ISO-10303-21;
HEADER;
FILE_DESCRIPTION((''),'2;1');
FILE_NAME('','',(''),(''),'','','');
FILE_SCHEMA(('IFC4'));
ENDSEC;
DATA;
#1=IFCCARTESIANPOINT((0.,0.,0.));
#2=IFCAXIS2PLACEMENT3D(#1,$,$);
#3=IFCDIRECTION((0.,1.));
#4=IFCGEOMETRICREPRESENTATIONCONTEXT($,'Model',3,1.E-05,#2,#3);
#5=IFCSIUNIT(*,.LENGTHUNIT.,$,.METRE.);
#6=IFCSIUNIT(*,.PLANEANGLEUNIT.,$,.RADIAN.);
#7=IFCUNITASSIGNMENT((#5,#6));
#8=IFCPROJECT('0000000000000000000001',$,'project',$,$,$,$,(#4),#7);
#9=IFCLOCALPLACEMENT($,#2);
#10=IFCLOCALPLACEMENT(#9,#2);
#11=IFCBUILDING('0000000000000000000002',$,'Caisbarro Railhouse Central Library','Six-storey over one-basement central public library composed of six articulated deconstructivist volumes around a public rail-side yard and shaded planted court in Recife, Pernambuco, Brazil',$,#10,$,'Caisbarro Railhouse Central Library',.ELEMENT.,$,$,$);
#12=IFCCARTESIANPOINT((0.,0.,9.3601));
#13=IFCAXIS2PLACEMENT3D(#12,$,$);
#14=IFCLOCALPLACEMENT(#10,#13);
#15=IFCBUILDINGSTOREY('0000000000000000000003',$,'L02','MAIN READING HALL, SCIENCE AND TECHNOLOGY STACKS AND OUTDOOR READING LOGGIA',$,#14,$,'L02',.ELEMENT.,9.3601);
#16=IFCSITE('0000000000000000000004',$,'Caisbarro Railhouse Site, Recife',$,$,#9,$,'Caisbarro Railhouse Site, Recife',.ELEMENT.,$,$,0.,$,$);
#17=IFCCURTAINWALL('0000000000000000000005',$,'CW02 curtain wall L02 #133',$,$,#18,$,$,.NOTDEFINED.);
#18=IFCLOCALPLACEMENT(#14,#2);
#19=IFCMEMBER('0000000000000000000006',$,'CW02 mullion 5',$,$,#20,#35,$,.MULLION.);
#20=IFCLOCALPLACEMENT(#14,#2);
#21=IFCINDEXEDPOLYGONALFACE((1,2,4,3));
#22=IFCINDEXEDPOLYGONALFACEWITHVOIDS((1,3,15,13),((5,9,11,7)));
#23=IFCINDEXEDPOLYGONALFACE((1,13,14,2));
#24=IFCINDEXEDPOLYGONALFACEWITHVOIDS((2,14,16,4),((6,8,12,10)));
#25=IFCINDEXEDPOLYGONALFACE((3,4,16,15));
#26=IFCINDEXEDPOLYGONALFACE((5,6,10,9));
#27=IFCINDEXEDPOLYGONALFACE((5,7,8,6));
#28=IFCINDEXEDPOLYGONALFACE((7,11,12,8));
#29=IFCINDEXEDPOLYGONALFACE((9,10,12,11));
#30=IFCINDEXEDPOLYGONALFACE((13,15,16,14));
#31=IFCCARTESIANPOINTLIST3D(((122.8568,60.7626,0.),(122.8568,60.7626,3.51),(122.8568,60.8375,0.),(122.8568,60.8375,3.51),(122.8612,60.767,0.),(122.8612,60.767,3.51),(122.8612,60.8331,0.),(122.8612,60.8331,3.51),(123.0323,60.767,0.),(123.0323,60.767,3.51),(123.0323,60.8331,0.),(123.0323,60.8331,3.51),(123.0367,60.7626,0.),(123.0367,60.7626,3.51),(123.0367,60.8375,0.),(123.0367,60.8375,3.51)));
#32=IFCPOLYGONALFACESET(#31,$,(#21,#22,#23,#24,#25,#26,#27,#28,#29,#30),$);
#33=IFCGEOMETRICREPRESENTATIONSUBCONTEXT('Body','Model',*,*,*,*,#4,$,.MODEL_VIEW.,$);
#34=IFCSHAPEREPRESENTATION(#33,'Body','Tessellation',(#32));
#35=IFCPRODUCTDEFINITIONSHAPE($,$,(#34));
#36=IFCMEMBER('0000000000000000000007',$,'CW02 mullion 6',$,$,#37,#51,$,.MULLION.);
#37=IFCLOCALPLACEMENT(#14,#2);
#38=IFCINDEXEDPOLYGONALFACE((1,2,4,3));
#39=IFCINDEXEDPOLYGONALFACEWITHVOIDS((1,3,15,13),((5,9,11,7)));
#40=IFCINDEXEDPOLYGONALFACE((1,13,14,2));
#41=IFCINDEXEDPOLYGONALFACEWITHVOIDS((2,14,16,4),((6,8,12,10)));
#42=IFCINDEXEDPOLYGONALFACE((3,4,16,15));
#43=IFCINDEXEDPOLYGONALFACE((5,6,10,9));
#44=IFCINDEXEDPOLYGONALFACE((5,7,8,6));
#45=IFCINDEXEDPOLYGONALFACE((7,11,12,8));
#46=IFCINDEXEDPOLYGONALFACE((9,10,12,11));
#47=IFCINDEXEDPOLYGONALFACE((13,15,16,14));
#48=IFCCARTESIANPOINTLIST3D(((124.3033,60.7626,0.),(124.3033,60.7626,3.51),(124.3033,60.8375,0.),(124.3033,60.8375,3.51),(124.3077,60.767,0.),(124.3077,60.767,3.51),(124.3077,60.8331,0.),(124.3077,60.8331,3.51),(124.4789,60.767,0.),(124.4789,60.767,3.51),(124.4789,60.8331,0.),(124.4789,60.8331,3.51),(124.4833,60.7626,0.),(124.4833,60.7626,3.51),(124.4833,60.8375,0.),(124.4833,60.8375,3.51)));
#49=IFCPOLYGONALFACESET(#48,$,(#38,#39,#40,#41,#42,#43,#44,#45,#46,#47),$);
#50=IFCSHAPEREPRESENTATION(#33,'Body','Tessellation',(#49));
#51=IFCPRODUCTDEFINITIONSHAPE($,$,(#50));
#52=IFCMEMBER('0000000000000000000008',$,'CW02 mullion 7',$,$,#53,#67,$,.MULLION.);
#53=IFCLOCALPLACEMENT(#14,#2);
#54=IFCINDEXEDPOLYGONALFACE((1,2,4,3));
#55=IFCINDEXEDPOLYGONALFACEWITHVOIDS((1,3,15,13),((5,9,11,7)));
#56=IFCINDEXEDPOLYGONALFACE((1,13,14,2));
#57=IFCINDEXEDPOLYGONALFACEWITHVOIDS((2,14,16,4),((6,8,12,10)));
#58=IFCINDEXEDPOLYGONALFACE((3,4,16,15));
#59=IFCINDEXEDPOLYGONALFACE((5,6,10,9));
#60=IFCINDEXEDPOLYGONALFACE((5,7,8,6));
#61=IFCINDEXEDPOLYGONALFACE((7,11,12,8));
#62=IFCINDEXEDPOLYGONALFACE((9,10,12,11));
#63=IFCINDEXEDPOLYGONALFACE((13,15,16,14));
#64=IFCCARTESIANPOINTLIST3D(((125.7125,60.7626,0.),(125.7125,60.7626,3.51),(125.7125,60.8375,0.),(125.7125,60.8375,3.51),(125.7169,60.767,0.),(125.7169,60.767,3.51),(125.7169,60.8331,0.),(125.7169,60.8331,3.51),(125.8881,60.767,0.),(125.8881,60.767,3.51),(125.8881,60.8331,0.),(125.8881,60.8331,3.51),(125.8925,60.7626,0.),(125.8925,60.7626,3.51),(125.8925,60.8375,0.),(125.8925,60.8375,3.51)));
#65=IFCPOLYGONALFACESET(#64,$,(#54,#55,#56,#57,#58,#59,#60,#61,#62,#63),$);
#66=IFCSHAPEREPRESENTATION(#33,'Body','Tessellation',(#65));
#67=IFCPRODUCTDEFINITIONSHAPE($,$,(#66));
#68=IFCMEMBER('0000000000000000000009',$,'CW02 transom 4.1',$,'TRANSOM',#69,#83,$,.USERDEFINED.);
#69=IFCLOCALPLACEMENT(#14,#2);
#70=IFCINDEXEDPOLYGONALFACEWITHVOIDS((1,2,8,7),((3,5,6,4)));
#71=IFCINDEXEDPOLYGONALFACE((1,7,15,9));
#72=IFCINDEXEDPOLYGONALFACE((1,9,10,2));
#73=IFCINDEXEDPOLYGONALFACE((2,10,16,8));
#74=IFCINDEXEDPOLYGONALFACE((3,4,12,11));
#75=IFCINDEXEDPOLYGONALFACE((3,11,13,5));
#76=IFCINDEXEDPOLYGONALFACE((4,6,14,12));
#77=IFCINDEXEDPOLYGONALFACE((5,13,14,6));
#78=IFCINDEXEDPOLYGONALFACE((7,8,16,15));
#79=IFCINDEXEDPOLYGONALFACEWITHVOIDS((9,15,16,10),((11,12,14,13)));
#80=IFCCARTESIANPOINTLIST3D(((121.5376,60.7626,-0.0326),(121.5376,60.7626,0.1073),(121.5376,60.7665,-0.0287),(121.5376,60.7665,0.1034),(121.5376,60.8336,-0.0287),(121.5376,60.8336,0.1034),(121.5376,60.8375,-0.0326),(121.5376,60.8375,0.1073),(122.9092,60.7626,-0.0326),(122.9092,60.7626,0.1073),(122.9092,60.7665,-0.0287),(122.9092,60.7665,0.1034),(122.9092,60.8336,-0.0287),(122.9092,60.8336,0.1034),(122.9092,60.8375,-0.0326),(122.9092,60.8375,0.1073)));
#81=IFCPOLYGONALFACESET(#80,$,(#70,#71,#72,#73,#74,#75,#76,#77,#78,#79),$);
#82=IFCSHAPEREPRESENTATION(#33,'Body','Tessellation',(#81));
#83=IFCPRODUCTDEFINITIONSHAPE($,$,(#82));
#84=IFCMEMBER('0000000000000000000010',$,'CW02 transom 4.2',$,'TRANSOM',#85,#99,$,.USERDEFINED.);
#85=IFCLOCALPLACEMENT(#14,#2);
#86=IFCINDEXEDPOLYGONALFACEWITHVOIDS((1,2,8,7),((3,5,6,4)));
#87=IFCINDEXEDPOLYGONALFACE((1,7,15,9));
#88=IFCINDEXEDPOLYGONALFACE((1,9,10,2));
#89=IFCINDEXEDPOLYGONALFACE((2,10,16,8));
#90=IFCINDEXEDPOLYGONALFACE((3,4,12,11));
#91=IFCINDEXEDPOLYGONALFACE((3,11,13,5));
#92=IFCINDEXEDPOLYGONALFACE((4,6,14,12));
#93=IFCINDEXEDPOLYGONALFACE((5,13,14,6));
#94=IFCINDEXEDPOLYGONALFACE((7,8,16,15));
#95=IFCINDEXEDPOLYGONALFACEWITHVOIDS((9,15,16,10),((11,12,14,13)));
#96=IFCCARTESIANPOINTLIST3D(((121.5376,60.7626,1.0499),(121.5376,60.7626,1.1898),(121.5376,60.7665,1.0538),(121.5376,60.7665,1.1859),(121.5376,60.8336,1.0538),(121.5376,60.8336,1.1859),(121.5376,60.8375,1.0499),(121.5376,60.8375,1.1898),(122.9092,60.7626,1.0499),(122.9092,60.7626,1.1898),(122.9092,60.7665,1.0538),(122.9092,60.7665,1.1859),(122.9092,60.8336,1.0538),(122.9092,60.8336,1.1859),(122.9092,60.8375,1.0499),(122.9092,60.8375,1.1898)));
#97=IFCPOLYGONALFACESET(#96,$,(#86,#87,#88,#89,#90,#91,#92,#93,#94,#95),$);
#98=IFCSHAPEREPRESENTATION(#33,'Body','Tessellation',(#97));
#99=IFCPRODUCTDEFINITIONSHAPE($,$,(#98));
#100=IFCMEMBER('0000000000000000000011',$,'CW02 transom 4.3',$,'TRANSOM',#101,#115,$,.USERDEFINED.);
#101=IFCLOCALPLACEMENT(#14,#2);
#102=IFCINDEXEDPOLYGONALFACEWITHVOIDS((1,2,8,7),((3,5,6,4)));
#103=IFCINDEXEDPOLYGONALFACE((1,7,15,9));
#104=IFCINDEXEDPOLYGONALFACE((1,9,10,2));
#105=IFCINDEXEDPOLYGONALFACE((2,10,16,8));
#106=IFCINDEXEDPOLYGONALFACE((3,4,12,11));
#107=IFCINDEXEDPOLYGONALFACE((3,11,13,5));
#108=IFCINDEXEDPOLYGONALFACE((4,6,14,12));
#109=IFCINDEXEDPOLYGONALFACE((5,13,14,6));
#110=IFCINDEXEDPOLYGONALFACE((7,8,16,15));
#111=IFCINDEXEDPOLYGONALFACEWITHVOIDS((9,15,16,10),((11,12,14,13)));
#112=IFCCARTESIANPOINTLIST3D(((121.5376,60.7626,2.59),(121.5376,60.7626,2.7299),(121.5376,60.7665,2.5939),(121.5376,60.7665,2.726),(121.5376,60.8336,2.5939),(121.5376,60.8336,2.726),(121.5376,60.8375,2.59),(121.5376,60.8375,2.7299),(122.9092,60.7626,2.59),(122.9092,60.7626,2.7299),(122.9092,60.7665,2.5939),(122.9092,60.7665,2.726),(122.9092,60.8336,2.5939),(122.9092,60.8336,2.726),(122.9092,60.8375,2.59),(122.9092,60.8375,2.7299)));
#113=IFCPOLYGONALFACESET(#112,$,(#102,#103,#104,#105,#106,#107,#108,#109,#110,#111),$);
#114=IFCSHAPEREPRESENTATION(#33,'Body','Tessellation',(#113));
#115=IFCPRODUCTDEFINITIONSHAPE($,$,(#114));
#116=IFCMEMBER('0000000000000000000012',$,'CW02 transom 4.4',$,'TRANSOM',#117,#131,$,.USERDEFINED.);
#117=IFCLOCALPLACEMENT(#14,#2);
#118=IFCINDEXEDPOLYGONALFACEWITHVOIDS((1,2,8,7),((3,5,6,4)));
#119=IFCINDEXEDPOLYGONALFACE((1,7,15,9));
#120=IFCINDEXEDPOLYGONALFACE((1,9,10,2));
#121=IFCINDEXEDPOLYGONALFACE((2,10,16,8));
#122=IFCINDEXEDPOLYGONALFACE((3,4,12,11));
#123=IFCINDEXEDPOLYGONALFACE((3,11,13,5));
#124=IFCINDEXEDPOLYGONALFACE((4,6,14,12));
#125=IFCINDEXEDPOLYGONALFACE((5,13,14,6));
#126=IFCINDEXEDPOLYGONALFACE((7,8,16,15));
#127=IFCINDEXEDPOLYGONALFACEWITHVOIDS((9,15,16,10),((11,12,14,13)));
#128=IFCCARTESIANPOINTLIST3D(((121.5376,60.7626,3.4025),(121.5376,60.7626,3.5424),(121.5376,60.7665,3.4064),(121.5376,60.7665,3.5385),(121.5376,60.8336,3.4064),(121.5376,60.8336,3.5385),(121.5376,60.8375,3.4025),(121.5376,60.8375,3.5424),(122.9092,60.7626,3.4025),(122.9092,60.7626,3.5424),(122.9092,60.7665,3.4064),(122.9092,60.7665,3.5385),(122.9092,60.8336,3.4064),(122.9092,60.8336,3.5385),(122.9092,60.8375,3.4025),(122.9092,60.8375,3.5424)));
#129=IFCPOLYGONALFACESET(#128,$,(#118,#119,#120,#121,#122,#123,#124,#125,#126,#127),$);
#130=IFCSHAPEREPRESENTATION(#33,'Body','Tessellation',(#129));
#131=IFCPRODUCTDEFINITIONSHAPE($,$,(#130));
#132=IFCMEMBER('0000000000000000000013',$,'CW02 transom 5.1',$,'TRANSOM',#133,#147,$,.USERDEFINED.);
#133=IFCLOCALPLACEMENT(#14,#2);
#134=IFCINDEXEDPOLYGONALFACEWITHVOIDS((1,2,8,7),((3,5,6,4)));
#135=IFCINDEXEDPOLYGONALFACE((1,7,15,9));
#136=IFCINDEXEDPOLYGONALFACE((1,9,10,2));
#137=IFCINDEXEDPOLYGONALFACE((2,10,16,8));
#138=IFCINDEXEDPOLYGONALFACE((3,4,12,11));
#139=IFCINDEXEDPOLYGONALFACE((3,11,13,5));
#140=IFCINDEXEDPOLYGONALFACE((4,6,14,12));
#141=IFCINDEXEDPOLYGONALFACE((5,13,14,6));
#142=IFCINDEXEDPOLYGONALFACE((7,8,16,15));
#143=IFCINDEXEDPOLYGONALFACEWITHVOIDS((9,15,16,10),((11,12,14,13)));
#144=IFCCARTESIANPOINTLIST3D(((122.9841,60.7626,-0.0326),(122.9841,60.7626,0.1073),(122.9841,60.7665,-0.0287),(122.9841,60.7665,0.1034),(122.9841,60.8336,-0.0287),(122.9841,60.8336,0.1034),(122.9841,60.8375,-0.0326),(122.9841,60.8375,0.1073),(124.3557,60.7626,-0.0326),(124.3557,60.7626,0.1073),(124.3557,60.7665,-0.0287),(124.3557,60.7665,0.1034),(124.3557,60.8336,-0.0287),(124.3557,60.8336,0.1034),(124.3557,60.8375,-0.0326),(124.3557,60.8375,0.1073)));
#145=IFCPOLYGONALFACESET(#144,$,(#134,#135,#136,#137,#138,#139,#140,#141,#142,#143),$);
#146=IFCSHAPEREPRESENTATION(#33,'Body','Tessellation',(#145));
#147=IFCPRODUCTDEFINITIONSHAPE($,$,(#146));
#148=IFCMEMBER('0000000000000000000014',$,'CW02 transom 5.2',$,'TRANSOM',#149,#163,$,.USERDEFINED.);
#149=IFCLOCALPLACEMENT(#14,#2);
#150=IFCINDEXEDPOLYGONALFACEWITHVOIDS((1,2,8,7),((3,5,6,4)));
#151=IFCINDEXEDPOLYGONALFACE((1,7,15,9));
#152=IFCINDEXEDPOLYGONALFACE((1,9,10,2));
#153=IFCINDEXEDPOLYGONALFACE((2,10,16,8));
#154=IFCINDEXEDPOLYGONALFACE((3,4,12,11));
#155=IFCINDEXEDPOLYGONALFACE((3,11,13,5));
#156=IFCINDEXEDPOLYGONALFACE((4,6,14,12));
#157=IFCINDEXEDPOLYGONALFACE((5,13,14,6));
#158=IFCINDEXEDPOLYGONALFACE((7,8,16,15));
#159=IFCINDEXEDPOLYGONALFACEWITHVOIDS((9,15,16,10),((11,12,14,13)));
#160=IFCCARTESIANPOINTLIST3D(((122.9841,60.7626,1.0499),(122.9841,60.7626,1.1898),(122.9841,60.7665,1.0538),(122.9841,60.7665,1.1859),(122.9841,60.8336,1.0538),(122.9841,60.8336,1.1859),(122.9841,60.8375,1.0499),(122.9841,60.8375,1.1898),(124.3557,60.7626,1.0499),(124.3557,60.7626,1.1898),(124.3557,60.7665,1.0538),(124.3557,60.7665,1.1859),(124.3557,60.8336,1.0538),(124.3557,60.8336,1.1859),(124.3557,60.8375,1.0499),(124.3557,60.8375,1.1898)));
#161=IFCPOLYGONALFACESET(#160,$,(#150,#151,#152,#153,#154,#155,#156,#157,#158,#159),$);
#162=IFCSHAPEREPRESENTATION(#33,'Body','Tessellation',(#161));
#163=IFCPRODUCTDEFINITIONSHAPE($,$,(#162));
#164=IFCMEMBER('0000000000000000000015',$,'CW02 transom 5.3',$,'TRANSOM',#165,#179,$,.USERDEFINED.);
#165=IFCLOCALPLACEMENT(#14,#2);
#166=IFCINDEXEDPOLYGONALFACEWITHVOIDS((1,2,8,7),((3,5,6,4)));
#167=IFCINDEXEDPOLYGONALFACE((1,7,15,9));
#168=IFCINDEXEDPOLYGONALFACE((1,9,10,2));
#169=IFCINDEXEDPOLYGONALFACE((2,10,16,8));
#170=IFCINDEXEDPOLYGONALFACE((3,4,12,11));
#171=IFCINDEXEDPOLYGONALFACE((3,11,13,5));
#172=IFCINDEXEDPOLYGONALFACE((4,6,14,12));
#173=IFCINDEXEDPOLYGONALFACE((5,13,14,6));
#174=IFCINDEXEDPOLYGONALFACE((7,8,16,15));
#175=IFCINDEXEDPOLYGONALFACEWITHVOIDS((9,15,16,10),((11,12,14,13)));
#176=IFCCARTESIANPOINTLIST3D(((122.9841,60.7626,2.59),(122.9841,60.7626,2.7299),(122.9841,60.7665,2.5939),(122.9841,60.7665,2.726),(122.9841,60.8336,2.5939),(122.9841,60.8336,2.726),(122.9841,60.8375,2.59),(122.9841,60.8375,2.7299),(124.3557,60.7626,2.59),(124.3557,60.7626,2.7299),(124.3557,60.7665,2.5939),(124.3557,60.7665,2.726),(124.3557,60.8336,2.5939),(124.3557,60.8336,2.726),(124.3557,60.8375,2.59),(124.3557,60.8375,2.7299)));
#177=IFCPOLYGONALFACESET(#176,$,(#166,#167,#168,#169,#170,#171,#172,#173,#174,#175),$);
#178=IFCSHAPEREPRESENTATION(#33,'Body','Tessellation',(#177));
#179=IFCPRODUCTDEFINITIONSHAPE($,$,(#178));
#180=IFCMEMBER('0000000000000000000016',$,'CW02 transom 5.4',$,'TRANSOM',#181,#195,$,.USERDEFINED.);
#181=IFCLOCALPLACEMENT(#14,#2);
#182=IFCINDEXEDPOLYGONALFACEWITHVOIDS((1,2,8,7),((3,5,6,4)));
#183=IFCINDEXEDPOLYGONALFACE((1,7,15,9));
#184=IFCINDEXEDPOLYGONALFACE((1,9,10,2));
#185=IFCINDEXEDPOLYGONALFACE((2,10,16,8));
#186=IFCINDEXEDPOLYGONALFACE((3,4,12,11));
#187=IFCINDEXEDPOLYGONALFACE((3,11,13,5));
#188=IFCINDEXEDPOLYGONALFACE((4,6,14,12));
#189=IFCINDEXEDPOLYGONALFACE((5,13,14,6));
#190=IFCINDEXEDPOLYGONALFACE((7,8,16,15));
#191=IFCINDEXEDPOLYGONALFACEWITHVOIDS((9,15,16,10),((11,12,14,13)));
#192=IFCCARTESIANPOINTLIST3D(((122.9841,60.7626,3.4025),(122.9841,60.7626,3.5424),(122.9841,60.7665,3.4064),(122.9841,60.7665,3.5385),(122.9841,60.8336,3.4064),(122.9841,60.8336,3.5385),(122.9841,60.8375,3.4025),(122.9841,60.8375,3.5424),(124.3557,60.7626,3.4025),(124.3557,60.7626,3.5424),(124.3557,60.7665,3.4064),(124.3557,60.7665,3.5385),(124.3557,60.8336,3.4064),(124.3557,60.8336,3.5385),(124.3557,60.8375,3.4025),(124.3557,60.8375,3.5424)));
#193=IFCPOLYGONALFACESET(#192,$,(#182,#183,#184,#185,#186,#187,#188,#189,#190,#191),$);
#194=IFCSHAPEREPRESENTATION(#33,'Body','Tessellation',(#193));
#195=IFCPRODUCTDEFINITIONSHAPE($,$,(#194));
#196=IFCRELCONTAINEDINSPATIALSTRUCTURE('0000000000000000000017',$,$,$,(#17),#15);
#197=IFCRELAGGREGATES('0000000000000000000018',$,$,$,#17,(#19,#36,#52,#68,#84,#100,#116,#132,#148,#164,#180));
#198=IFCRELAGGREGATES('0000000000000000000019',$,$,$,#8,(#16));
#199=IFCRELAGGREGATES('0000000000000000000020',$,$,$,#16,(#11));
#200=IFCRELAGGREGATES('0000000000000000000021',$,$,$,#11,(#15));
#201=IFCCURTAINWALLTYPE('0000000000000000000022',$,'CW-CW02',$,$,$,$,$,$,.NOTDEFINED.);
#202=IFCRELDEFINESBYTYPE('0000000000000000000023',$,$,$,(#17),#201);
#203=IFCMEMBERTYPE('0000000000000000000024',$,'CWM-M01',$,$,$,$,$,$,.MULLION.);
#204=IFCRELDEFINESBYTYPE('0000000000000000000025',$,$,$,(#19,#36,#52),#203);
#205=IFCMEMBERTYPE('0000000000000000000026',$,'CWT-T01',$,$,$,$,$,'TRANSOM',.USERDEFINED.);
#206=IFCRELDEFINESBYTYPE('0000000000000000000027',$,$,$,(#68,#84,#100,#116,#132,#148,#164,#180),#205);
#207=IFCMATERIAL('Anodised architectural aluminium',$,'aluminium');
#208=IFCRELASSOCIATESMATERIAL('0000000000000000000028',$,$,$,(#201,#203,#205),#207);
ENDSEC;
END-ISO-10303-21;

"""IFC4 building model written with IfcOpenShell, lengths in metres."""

from ifc_helpers import new_model, si_unit, direction, frame, origin, origin_2d, place, context, subcontext, project, spatial, hollow_rectangle, extrude, material, material_profile, profile_set, type_object, element, aggregate, save


model = new_model("IFC4")

# Units and contexts
model_context = context("Model", 3, precision=1e-05, world=origin(), true_north=direction((0.0, 1.0)))
body_context = subcontext(model_context, "Body", "Model", "MODEL_VIEW")
ifc_project = project(units=[si_unit("LENGTHUNIT", "METRE"), si_unit("PLANEANGLEUNIT", "RADIAN")], contexts=[model_context])

# Site, building, storey
site_placement = place(None, origin())
site = spatial("IfcSite", under=ifc_project, at=site_placement, Name="Caisbarro Railhouse Site, Recife", LongName="Caisbarro Railhouse Site, Recife", CompositionType="ELEMENT", RefElevation=0.0)
building_placement = place(site_placement, origin())
building = spatial("IfcBuilding", under=site, at=building_placement, Name="Caisbarro Railhouse Central Library", Description="Six-storey over one-basement central public library composed of six articulated deconstructivist volumes around a public rail-side yard and shaded planted court in Recife, Pernambuco, Brazil", LongName="Caisbarro Railhouse Central Library", CompositionType="ELEMENT")
storey_placement = place(building_placement, frame((0.0, 0.0, 9.3601)))
storey = spatial("IfcBuildingStorey", under=building, at=storey_placement, Name="L02", Description="MAIN READING HALL, SCIENCE AND TECHNOLOGY STACKS AND OUTDOOR READING LOGGIA", LongName="L02", CompositionType="ELEMENT", Elevation=9.3601)

# Curtain wall, members
ifc_material_1 = material(Name="Anodised architectural aluminium", Category="aluminium")
curtain_wall_type = type_object("IfcCurtainWallType", Name="CW-CW02", PredefinedType="NOTDEFINED", material=ifc_material_1)
curtain_wall_placement = place(storey_placement, origin())
curtain_wall = element("IfcCurtainWall", 1, at=curtain_wall_placement, inside=storey, type_object=curtain_wall_type, Name="CW02 curtain wall L02 #133", PredefinedType="NOTDEFINED")
ifc_material_profile_1 = material_profile(ifc_material_1, hollow_rectangle(XDim=0.075, YDim=0.1799, WallThickness=0.0044, at=origin_2d()), Name="ALU-MUL-75X180")
ifc_profile_set_1 = profile_set([ifc_material_profile_1], Name="Anodised architectural aluminium")
member_type_1 = type_object("IfcMemberType", Name="CWM-M01", PredefinedType="MULLION", material=ifc_profile_set_1)
member_1_placement = place(storey_placement, frame((122.9468, 60.8, 0.0), z_axis=(0.0, 0.0, 1.0), x_axis=(0.0, 1.0, 0.0)))
member_1 = element("IfcMember", 2, at=member_1_placement, type_object=member_type_1, Name="CW02 mullion 5", PredefinedType="MULLION", context=body_context, shape_type="SweptSolid", body=[
    extrude(hollow_rectangle(XDim=0.075, YDim=0.1799, WallThickness=0.0044, at=origin_2d()), origin(), (0.0, 0.0, 1.0), 3.51),
])
member_2_placement = place(storey_placement, frame((124.3933, 60.8, 0.0), z_axis=(0.0, 0.0, 1.0), x_axis=(0.0, 1.0, 0.0)))
member_2 = element("IfcMember", 3, at=member_2_placement, type_object=member_type_1, Name="CW02 mullion 6", PredefinedType="MULLION", context=body_context, shape_type="SweptSolid", body=[
    extrude(hollow_rectangle(XDim=0.075, YDim=0.1799, WallThickness=0.0044, at=origin_2d()), origin(), (0.0, 0.0, 1.0), 3.51),
])
member_3_placement = place(storey_placement, frame((125.8025, 60.8, 0.0), z_axis=(0.0, 0.0, 1.0), x_axis=(0.0, 1.0, 0.0)))
member_3 = element("IfcMember", 4, at=member_3_placement, type_object=member_type_1, Name="CW02 mullion 7", PredefinedType="MULLION", context=body_context, shape_type="SweptSolid", body=[
    extrude(hollow_rectangle(XDim=0.075, YDim=0.1799, WallThickness=0.0044, at=origin_2d()), origin(), (0.0, 0.0, 1.0), 3.51),
])
ifc_material_profile_2 = material_profile(ifc_material_1, hollow_rectangle(XDim=0.075, YDim=0.1399, WallThickness=0.0039, at=origin_2d()), Name="ALU-TRN-75X140")
ifc_profile_set_2 = profile_set([ifc_material_profile_2], Name="Anodised architectural aluminium")
member_type_2 = type_object("IfcMemberType", Name="CWT-T01", ElementType="TRANSOM", PredefinedType="USERDEFINED", material=ifc_profile_set_2)
member_4_placement = place(storey_placement, frame((121.5376, 60.8, 0.0374), z_axis=(1.0, 0.0, 0.0), x_axis=(0.0, 1.0, 0.0)))
member_4 = element("IfcMember", 5, at=member_4_placement, type_object=member_type_2, Name="CW02 transom 4.1", ObjectType="TRANSOM", PredefinedType="USERDEFINED", context=body_context, shape_type="SweptSolid", body=[
    extrude(hollow_rectangle(XDim=0.075, YDim=0.1399, WallThickness=0.0039, at=origin_2d()), origin(), (0.0, 0.0, 1.0), 1.3716),
])
member_5_placement = place(storey_placement, frame((121.5376, 60.8, 1.1199), z_axis=(1.0, 0.0, 0.0), x_axis=(0.0, 1.0, 0.0)))
member_5 = element("IfcMember", 6, at=member_5_placement, type_object=member_type_2, Name="CW02 transom 4.2", ObjectType="TRANSOM", PredefinedType="USERDEFINED", context=body_context, shape_type="SweptSolid", body=[
    extrude(hollow_rectangle(XDim=0.075, YDim=0.1399, WallThickness=0.0039, at=origin_2d()), origin(), (0.0, 0.0, 1.0), 1.3716),
])
member_6_placement = place(storey_placement, frame((121.5376, 60.8, 2.6599), z_axis=(1.0, 0.0, 0.0), x_axis=(0.0, 1.0, 0.0)))
member_6 = element("IfcMember", 7, at=member_6_placement, type_object=member_type_2, Name="CW02 transom 4.3", ObjectType="TRANSOM", PredefinedType="USERDEFINED", context=body_context, shape_type="SweptSolid", body=[
    extrude(hollow_rectangle(XDim=0.075, YDim=0.1399, WallThickness=0.0039, at=origin_2d()), origin(), (0.0, 0.0, 1.0), 1.3716),
])
member_7_placement = place(storey_placement, frame((121.5376, 60.8, 3.4724), z_axis=(1.0, 0.0, 0.0), x_axis=(0.0, 1.0, 0.0)))
member_7 = element("IfcMember", 8, at=member_7_placement, type_object=member_type_2, Name="CW02 transom 4.4", ObjectType="TRANSOM", PredefinedType="USERDEFINED", context=body_context, shape_type="SweptSolid", body=[
    extrude(hollow_rectangle(XDim=0.075, YDim=0.1399, WallThickness=0.0039, at=origin_2d()), origin(), (0.0, 0.0, 1.0), 1.3716),
])
member_8_placement = place(storey_placement, frame((122.9841, 60.8, 0.0374), z_axis=(1.0, 0.0, 0.0), x_axis=(0.0, 1.0, 0.0)))
member_8 = element("IfcMember", 9, at=member_8_placement, type_object=member_type_2, Name="CW02 transom 5.1", ObjectType="TRANSOM", PredefinedType="USERDEFINED", context=body_context, shape_type="SweptSolid", body=[
    extrude(hollow_rectangle(XDim=0.075, YDim=0.1399, WallThickness=0.0039, at=origin_2d()), origin(), (0.0, 0.0, 1.0), 1.3716),
])
member_9_placement = place(storey_placement, frame((122.9841, 60.8, 1.1199), z_axis=(1.0, 0.0, 0.0), x_axis=(0.0, 1.0, 0.0)))
member_9 = element("IfcMember", 10, at=member_9_placement, type_object=member_type_2, Name="CW02 transom 5.2", ObjectType="TRANSOM", PredefinedType="USERDEFINED", context=body_context, shape_type="SweptSolid", body=[
    extrude(hollow_rectangle(XDim=0.075, YDim=0.1399, WallThickness=0.0039, at=origin_2d()), origin(), (0.0, 0.0, 1.0), 1.3716),
])
member_10_placement = place(storey_placement, frame((122.9841, 60.8, 2.6599), z_axis=(1.0, 0.0, 0.0), x_axis=(0.0, 1.0, 0.0)))
member_10 = element("IfcMember", 11, at=member_10_placement, type_object=member_type_2, Name="CW02 transom 5.3", ObjectType="TRANSOM", PredefinedType="USERDEFINED", context=body_context, shape_type="SweptSolid", body=[
    extrude(hollow_rectangle(XDim=0.075, YDim=0.1399, WallThickness=0.0039, at=origin_2d()), origin(), (0.0, 0.0, 1.0), 1.3716),
])
member_11_placement = place(storey_placement, frame((122.9841, 60.8, 3.4724), z_axis=(1.0, 0.0, 0.0), x_axis=(0.0, 1.0, 0.0)))
member_11 = element("IfcMember", 12, at=member_11_placement, type_object=member_type_2, Name="CW02 transom 5.4", ObjectType="TRANSOM", PredefinedType="USERDEFINED", context=body_context, shape_type="SweptSolid", body=[
    extrude(hollow_rectangle(XDim=0.075, YDim=0.1399, WallThickness=0.0039, at=origin_2d()), origin(), (0.0, 0.0, 1.0), 1.3716),
])
aggregate(curtain_wall, [member_1, member_2, member_3, member_4, member_5, member_6, member_7, member_8, member_9, member_10, member_11])

save(model, "model.ifc")
